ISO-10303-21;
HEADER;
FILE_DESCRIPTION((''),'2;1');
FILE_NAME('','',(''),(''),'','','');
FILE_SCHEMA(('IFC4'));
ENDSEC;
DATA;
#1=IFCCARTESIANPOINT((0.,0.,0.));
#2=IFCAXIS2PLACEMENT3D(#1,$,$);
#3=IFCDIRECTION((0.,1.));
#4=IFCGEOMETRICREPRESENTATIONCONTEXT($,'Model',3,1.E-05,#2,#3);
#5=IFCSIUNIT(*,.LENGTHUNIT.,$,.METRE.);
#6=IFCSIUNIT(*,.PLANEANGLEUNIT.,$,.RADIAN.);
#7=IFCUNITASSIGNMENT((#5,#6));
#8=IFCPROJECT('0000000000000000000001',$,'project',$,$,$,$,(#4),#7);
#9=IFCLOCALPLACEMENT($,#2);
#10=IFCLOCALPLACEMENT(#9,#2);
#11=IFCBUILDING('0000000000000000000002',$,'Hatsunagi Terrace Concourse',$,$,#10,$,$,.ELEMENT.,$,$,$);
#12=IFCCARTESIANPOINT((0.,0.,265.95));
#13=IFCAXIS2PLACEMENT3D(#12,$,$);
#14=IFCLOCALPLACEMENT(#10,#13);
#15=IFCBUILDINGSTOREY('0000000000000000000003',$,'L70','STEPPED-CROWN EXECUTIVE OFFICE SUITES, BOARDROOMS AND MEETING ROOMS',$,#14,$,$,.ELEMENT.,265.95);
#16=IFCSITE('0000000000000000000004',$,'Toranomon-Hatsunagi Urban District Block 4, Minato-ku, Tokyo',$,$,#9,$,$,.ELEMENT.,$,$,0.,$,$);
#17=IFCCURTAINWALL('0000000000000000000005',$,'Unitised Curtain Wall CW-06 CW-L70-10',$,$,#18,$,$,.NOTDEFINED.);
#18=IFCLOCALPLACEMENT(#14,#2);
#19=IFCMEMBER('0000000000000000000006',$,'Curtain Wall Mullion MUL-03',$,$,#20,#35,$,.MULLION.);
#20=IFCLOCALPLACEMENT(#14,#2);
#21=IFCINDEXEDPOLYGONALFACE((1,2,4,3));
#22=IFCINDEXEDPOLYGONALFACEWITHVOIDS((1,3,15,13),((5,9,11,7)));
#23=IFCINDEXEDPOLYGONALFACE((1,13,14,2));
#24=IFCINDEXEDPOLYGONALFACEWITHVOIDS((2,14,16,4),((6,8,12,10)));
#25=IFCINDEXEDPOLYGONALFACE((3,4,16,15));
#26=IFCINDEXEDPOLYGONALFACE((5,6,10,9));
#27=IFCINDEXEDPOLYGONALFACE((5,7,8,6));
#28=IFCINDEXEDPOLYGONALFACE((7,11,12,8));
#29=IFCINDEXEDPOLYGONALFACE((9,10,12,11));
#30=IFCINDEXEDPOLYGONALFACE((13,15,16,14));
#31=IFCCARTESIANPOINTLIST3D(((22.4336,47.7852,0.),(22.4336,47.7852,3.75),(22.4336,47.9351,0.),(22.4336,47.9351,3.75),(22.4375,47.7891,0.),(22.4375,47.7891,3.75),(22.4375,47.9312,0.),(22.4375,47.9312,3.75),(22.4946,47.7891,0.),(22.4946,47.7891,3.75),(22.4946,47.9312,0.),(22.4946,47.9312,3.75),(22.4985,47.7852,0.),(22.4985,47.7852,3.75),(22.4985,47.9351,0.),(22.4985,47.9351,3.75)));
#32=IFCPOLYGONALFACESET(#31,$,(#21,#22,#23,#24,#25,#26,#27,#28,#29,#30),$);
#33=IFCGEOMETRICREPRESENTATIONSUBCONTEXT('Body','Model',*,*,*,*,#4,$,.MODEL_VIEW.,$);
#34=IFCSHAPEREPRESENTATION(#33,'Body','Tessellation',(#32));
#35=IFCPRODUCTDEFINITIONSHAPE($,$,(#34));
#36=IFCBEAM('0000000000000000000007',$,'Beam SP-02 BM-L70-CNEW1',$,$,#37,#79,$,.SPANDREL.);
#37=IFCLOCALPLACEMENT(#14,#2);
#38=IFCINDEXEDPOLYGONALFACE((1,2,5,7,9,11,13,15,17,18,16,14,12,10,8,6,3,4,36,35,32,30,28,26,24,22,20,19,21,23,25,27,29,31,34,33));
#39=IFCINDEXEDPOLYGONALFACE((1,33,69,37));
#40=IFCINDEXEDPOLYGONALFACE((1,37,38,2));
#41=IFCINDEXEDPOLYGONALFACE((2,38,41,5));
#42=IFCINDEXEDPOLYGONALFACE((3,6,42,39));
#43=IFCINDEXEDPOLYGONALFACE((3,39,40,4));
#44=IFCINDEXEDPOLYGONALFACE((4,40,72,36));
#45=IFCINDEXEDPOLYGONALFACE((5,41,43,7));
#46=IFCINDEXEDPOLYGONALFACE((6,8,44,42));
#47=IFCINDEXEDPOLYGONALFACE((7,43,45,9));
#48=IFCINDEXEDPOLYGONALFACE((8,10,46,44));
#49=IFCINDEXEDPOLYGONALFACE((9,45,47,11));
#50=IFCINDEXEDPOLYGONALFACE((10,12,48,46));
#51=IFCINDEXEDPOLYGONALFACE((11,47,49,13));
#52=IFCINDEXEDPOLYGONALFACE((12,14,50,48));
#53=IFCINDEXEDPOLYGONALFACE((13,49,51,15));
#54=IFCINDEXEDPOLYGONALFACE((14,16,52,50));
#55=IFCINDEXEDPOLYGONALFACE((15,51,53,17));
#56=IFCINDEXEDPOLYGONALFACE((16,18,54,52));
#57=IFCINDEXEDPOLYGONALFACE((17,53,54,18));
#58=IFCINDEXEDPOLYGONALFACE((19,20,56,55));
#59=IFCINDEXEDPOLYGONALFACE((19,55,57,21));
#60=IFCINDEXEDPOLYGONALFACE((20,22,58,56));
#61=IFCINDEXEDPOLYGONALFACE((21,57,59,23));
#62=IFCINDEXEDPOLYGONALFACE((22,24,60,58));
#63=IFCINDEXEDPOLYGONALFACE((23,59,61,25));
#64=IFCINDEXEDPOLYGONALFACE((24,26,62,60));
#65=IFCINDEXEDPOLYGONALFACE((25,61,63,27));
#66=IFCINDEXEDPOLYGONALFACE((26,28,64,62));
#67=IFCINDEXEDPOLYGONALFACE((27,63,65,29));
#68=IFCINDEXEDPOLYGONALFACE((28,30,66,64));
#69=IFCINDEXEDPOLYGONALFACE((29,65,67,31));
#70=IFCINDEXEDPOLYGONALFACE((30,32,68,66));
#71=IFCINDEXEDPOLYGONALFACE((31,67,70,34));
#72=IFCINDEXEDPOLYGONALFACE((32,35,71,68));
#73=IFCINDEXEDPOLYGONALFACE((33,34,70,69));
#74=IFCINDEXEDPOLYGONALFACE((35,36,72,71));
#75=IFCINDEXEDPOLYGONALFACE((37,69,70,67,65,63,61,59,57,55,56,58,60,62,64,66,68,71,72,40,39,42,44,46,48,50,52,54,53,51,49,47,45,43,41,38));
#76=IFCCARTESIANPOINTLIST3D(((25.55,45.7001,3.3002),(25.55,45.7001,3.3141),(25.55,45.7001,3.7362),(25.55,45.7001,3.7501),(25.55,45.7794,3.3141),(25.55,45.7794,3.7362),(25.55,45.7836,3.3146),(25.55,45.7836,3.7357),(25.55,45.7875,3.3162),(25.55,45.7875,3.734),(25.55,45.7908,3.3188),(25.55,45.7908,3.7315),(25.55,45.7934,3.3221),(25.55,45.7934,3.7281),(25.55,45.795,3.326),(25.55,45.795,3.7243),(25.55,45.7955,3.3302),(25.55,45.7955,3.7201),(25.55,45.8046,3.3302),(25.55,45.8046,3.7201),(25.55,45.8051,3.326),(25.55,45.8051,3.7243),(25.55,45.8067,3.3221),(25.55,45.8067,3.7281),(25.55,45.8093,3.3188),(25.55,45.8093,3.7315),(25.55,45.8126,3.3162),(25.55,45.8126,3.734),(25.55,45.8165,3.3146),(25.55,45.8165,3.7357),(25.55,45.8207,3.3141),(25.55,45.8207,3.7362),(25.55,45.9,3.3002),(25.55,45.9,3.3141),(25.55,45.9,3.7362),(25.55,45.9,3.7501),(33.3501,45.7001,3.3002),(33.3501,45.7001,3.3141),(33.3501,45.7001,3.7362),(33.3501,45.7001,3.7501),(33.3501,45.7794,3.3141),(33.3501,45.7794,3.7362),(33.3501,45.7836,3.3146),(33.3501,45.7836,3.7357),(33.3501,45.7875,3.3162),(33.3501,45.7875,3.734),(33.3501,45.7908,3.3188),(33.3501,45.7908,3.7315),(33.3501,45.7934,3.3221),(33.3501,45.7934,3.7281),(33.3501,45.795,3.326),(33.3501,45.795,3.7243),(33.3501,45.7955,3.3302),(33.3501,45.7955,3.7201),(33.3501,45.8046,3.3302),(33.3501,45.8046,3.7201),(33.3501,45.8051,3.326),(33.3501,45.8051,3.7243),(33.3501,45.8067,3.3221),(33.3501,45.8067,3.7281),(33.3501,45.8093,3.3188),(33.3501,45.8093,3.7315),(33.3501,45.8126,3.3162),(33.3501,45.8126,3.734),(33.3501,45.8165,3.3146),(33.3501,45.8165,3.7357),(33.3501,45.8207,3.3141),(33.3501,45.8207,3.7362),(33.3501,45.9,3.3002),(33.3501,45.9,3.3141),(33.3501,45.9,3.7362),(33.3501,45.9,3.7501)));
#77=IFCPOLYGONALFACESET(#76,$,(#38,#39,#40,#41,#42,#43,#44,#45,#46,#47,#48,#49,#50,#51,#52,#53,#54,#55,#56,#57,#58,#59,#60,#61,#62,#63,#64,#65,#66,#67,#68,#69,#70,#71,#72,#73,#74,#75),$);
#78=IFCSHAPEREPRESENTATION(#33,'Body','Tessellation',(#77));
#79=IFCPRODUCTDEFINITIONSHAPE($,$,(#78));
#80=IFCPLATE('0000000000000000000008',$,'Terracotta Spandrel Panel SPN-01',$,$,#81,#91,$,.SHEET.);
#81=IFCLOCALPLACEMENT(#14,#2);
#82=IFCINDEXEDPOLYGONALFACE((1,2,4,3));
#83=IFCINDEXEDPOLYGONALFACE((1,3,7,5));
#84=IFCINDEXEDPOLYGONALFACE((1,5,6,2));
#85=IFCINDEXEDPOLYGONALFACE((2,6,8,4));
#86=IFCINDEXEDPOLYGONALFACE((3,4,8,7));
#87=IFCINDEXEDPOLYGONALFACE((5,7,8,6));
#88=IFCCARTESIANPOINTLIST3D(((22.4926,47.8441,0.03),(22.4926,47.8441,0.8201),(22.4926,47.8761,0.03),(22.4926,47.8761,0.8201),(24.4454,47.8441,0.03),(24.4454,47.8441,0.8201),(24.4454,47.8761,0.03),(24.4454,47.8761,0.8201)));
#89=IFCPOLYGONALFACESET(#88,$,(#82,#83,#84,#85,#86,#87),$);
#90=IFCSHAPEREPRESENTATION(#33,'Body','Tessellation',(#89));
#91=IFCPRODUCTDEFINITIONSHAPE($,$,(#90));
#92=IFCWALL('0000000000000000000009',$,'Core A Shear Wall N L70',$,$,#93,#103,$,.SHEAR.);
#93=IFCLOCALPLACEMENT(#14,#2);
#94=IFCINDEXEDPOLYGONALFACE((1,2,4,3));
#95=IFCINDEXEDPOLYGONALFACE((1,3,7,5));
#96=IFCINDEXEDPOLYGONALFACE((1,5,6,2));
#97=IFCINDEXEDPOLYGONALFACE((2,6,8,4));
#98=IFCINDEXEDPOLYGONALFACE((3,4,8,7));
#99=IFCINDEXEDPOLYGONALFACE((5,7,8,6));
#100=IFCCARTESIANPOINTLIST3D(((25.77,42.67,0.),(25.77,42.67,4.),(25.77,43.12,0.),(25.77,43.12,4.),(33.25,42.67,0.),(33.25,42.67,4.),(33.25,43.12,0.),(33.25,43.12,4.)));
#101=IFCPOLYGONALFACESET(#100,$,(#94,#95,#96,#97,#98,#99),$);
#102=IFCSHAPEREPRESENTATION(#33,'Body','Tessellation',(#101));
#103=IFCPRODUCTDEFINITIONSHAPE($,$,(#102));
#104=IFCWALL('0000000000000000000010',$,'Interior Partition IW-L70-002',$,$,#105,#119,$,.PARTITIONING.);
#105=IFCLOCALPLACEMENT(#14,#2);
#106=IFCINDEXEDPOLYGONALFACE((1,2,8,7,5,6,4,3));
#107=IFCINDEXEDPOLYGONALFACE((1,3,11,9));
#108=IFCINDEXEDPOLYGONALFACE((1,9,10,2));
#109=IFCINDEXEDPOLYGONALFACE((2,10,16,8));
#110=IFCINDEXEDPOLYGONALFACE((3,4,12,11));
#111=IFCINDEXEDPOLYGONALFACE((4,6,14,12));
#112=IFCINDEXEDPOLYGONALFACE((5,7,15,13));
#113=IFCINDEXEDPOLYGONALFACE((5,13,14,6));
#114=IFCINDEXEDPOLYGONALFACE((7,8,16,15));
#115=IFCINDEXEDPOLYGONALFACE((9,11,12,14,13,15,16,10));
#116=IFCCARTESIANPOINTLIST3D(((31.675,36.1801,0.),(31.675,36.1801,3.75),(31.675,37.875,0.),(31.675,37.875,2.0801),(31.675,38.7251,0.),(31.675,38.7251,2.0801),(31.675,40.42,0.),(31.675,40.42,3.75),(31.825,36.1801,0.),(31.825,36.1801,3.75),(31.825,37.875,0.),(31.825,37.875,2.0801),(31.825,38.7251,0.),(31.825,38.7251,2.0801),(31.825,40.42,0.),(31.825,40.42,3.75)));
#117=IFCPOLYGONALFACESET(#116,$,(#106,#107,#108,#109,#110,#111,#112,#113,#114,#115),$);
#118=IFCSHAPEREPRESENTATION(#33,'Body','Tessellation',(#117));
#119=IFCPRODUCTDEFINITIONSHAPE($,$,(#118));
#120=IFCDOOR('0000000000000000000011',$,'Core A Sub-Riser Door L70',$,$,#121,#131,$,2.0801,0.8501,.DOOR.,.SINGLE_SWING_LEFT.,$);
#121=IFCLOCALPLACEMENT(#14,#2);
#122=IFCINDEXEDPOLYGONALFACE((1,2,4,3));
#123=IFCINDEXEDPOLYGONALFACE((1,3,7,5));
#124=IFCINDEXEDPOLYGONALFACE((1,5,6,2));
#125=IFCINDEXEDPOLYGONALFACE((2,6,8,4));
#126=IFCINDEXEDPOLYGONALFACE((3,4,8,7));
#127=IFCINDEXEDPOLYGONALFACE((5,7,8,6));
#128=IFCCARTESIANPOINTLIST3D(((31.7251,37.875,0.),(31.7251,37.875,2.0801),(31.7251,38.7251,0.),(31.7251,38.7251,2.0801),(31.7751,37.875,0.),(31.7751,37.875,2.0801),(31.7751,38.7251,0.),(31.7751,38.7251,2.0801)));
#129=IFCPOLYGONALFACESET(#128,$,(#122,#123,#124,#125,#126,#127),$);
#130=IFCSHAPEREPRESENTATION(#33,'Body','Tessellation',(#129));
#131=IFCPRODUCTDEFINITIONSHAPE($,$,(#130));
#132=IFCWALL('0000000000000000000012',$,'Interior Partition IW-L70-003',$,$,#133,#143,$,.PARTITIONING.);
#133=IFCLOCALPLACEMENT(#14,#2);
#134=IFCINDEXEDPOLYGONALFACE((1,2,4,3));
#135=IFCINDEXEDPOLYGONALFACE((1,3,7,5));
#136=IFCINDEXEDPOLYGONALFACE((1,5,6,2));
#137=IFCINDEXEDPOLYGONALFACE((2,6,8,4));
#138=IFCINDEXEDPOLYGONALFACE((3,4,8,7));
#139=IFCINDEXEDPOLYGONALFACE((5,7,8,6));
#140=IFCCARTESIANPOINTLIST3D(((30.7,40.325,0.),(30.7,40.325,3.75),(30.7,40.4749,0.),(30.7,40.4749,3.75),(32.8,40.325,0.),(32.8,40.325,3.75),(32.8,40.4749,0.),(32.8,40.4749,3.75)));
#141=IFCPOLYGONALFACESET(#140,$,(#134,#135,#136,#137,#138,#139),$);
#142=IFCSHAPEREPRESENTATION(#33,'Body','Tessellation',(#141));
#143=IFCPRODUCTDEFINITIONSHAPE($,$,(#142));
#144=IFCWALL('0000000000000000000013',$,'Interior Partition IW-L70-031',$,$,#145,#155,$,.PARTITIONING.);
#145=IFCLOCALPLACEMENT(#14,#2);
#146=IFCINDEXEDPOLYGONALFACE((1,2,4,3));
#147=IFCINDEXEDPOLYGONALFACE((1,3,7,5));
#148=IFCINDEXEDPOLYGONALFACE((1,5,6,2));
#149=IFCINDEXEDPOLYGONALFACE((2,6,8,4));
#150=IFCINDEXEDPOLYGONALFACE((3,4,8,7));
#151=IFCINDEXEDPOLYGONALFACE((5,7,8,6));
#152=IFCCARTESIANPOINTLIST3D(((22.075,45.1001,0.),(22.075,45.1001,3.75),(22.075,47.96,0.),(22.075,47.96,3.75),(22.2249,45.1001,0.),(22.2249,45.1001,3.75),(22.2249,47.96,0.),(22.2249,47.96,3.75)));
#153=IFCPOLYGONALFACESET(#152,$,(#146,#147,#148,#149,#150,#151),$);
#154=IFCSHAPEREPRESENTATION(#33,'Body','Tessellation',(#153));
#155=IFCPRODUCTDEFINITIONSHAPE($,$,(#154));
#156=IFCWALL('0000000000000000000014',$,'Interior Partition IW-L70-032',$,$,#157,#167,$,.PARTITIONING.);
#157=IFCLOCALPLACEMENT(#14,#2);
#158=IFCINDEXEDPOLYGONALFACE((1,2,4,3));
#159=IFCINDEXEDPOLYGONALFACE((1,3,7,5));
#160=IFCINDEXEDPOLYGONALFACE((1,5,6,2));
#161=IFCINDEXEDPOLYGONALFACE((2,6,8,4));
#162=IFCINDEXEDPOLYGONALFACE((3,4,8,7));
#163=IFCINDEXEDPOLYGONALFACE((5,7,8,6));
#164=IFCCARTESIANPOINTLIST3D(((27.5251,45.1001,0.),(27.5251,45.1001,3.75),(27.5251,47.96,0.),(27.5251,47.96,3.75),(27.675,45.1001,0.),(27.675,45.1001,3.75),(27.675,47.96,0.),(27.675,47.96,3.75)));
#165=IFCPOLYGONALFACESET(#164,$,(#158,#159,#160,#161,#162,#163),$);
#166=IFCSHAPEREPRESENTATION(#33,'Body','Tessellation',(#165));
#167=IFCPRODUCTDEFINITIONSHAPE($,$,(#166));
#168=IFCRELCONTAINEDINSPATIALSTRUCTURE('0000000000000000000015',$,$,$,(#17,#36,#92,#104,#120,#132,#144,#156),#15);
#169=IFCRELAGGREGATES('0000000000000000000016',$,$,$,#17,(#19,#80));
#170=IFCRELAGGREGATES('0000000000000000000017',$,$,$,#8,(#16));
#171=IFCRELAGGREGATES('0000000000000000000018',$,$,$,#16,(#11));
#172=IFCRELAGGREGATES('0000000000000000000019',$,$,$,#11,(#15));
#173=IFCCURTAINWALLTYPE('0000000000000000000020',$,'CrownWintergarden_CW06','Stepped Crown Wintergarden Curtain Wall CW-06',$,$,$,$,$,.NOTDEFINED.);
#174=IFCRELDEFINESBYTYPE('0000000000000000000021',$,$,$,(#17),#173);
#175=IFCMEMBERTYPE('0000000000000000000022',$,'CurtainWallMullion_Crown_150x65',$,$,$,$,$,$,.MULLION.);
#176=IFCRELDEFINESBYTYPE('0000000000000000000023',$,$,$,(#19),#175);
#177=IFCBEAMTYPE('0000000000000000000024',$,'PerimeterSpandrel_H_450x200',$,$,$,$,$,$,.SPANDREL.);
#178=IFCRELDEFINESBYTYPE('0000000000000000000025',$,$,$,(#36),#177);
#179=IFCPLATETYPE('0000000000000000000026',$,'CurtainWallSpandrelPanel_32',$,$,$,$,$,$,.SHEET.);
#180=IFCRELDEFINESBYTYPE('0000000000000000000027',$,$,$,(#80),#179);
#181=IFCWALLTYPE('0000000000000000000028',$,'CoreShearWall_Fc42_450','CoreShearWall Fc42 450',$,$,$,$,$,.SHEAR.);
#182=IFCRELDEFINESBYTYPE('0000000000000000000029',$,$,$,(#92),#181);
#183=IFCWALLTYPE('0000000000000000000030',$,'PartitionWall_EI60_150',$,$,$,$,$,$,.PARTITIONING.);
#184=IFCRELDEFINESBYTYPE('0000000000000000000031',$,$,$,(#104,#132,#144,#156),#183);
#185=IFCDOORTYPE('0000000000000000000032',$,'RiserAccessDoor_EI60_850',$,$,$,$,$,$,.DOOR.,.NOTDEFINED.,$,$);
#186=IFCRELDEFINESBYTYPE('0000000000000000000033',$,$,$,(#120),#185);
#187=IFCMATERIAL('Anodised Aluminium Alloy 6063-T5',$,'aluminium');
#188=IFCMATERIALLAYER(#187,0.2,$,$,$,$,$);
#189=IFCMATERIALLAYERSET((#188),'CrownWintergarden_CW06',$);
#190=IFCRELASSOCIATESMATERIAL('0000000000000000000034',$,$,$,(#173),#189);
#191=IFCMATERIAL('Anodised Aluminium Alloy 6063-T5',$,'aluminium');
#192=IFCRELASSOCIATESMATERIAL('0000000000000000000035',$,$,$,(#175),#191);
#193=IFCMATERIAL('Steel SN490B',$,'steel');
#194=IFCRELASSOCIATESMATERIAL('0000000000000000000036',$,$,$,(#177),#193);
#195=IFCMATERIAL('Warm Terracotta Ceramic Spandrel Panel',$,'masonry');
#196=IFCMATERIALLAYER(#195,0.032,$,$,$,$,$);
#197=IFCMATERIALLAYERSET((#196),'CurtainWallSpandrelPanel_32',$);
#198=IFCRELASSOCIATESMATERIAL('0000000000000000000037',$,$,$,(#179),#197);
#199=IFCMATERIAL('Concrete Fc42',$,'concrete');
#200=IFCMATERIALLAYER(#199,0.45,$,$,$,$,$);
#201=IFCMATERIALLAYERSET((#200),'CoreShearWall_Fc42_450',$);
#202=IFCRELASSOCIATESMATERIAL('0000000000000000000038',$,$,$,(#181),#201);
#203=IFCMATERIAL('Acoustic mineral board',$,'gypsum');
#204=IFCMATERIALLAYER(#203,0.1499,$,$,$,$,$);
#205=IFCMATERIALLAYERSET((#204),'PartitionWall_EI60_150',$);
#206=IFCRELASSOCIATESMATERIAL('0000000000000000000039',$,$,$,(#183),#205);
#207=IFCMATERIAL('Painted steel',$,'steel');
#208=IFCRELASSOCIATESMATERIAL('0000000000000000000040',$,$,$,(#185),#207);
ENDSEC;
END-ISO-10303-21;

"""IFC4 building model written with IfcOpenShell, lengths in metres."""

from ifc_helpers import new_model, si_unit, direction, frame, frame_2d, origin, origin_2d, place, context, subcontext, project, spatial, rectangle, hollow_rectangle, i_section, extrude, material, layer, layer_set, material_profile, profile_set, type_object, element, fill, aggregate, save


model = new_model("IFC4")

# Units and contexts
model_context = context("Model", 3, precision=1e-05, world=origin(), true_north=direction((0.0, 1.0)))
body_context = subcontext(model_context, "Body", "Model", "MODEL_VIEW")
ifc_project = project(units=[si_unit("LENGTHUNIT", "METRE"), si_unit("PLANEANGLEUNIT", "RADIAN")], contexts=[model_context])

# Site, building, storey
site_placement = place(None, origin())
site = spatial("IfcSite", under=ifc_project, at=site_placement, Name="Toranomon-Hatsunagi Urban District Block 4, Minato-ku, Tokyo", CompositionType="ELEMENT", RefElevation=0.0)
building_placement = place(site_placement, origin())
building = spatial("IfcBuilding", under=site, at=building_placement, Name="Hatsunagi Terrace Concourse", CompositionType="ELEMENT")
storey_placement = place(building_placement, frame((0.0, 0.0, 265.95)))
storey = spatial("IfcBuildingStorey", under=building, at=storey_placement, Name="L70", Description="STEPPED-CROWN EXECUTIVE OFFICE SUITES, BOARDROOMS AND MEETING ROOMS", CompositionType="ELEMENT", Elevation=265.95)

# Curtain wall, member
ifc_material_1 = material(Name="Anodised Aluminium Alloy 6063-T5", Category="aluminium")
ifc_layer_1 = layer(ifc_material_1, 0.2)
ifc_layer_set_1 = layer_set([ifc_layer_1], Name="CrownWintergarden_CW06")
curtain_wall_type = type_object("IfcCurtainWallType", Name="CrownWintergarden_CW06", Description="Stepped Crown Wintergarden Curtain Wall CW-06", PredefinedType="NOTDEFINED", material=ifc_layer_set_1)
curtain_wall_placement = place(storey_placement, origin())
curtain_wall = element("IfcCurtainWall", 1, at=curtain_wall_placement, inside=storey, type_object=curtain_wall_type, Name="Unitised Curtain Wall CW-06 CW-L70-10", PredefinedType="NOTDEFINED")
ifc_material_2 = material(Name="Anodised Aluminium Alloy 6063-T5", Category="aluminium")
ifc_material_profile_1 = material_profile(ifc_material_2, hollow_rectangle(XDim=0.0649, YDim=0.1499, WallThickness=0.0039, at=origin_2d()), Name="ALU-MUL-150x65x4")
ifc_profile_set_1 = profile_set([ifc_material_profile_1], Name="Anodised Aluminium Alloy 6063-T5")
member_type = type_object("IfcMemberType", Name="CurtainWallMullion_Crown_150x65", PredefinedType="MULLION", material=ifc_profile_set_1)
member_placement = place(storey_placement, frame((22.4661, 47.8601, 0.0), z_axis=(0.0, 0.0, 1.0), x_axis=(1.0, 0.0, 0.0)))
member = element("IfcMember", 2, at=member_placement, type_object=member_type, Name="Curtain Wall Mullion MUL-03", PredefinedType="MULLION", context=body_context, shape_type="SweptSolid", body=[
    extrude(hollow_rectangle(XDim=0.0649, YDim=0.1499, WallThickness=0.0039, at=origin_2d()), origin(), (0.0, 0.0, 1.0), 3.75),
])

# Beam
ifc_material_3 = material(Name="Steel SN490B", Category="steel")
ifc_material_profile_2 = material_profile(ifc_material_3, i_section(OverallWidth=0.2, OverallDepth=0.45, WebThickness=0.009, FlangeThickness=0.0139, FilletRadius=0.0161, at=origin_2d()), Name="H-450x200x9x14")
ifc_profile_set_2 = profile_set([ifc_material_profile_2], Name="Steel SN490B")
beam_type_1 = type_object("IfcBeamType", Name="PerimeterSpandrel_H_450x200", PredefinedType="SPANDREL", material=ifc_profile_set_2)
beam_1_placement = place(storey_placement, frame((25.55, 45.8, 3.5251), z_axis=(1.0, 0.0, 0.0), x_axis=(0.0, 1.0, 0.0)))
element("IfcBeam", 3, at=beam_1_placement, inside=storey, type_object=beam_type_1, Name="Beam SP-02 BM-L70-CNEW1", PredefinedType="SPANDREL", context=body_context, shape_type="SweptSolid", body=[
    extrude(i_section(OverallWidth=0.2, OverallDepth=0.45, WebThickness=0.009, FlangeThickness=0.0139, FilletRadius=0.0161, at=origin_2d()), origin(), (0.0, 0.0, 1.0), 7.8),
])

# Plate
ifc_material_4 = material(Name="Warm Terracotta Ceramic Spandrel Panel", Category="masonry")
ifc_layer_2 = layer(ifc_material_4, 0.032)
ifc_layer_set_2 = layer_set([ifc_layer_2], Name="CurtainWallSpandrelPanel_32")
plate_type = type_object("IfcPlateType", Name="CurtainWallSpandrelPanel_32", PredefinedType="SHEET", material=ifc_layer_set_2)
plate_placement = place(storey_placement, frame((23.469, 47.8601, 0.03), z_axis=(0.0, 0.0, 1.0), x_axis=(1.0, 0.0, 0.0)))
plate = element("IfcPlate", 4, at=plate_placement, type_object=plate_type, Name="Terracotta Spandrel Panel SPN-01", PredefinedType="SHEET", context=body_context, shape_type="SweptSolid", body=[
    extrude(rectangle(XDim=1.9529, YDim=0.032, at=origin_2d()), origin(), (0.0, 0.0, 1.0), 0.79),
])
aggregate(curtain_wall, [member, plate])

# Wall
ifc_material_5 = material(Name="Concrete Fc42", Category="concrete")
ifc_layer_3 = layer(ifc_material_5, 0.45)
ifc_layer_set_3 = layer_set([ifc_layer_3], Name="CoreShearWall_Fc42_450")
wall_type_1 = type_object("IfcWallType", Name="CoreShearWall_Fc42_450", Description="CoreShearWall Fc42 450", PredefinedType="SHEAR", material=ifc_layer_set_3)
wall_1_placement = place(storey_placement, frame((25.77, 42.895, 0.0), z_axis=(0.0, 0.0, 1.0), x_axis=(1.0, 0.0, 0.0)))
element("IfcWall", 5, at=wall_1_placement, inside=storey, type_object=wall_type_1, Name="Core A Shear Wall N L70", PredefinedType="SHEAR", context=body_context, shape_type="SweptSolid", body=[
    extrude(rectangle(XDim=7.48, YDim=0.45, at=frame_2d((3.74, 0.0))), origin(), (0.0, 0.0, 1.0), 4.0),
])

# Wall, opening, door
ifc_material_6 = material(Name="Acoustic mineral board", Category="gypsum")
ifc_layer_4 = layer(ifc_material_6, 0.1499)
ifc_layer_set_4 = layer_set([ifc_layer_4], Name="PartitionWall_EI60_150")
wall_type_2 = type_object("IfcWallType", Name="PartitionWall_EI60_150", PredefinedType="PARTITIONING", material=ifc_layer_set_4)
wall_2_placement = place(storey_placement, frame((31.75, 36.1799, 0.0), z_axis=(0.0, 0.0, 1.0), x_axis=(0.0, 1.0, 0.0)))
wall_2 = element("IfcWall", 6, at=wall_2_placement, inside=storey, type_object=wall_type_2, Name="Interior Partition IW-L70-002", PredefinedType="PARTITIONING", context=body_context, shape_type="SweptSolid", body=[
    extrude(rectangle(XDim=4.24, YDim=0.1499, at=frame_2d((2.1201, 0.0))), origin(), (0.0, 0.0, 1.0), 3.75),
])
opening_1_placement = place(wall_2_placement, frame((1.6951, 0.0, 0.0)))
opening_1 = element("IfcOpeningElement", 7, at=opening_1_placement, cuts=wall_2, PredefinedType="OPENING", context=body_context, shape_type="SweptSolid", body=[
    extrude(rectangle(XDim=0.8501, YDim=2.0801, at=frame_2d((0.425, 1.04))), frame((0.0, 0.085, 0.0), z_axis=(0.0, -1.0, 0.0), x_axis=(1.0, 0.0, 0.0)), (0.0, 0.0, 1.0), 0.1699),
])
ifc_material_7 = material(Name="Painted steel", Category="steel")
door_type_1 = type_object("IfcDoorType", Name="RiserAccessDoor_EI60_850", OperationType="NOTDEFINED", PredefinedType="DOOR", material=ifc_material_7)
door_1_placement = place(opening_1_placement, origin())
door_1 = element("IfcDoor", 8, at=door_1_placement, inside=storey, type_object=door_type_1, Name="Core A Sub-Riser Door L70", OperationType="SINGLE_SWING_LEFT", OverallHeight=2.0801, OverallWidth=0.8501, PredefinedType="DOOR", context=body_context, shape_type="SweptSolid", body=[
    extrude(rectangle(XDim=0.8501, YDim=2.0801, at=frame_2d((0.425, 1.04))), frame((0.0, 0.0249, 0.0), z_axis=(0.0, -1.0, 0.0), x_axis=(1.0, 0.0, 0.0)), (0.0, 0.0, 1.0), 0.05),
])
fill(opening_1, door_1)

# Walls
wall_3_placement = place(storey_placement, frame((30.7, 40.3999, 0.0), z_axis=(0.0, 0.0, 1.0), x_axis=(1.0, 0.0, 0.0)))
element("IfcWall", 9, at=wall_3_placement, inside=storey, type_object=wall_type_2, Name="Interior Partition IW-L70-003", PredefinedType="PARTITIONING", context=body_context, shape_type="SweptSolid", body=[
    extrude(rectangle(XDim=2.1001, YDim=0.1499, at=frame_2d((1.05, 0.0))), origin(), (0.0, 0.0, 1.0), 3.75),
])
for number, where, z_axis, x_axis, name in (
    (10, (22.1499, 45.1001, 0.0), (0.0, 0.0, 1.0), (0.0, 1.0, 0.0), "Interior Partition IW-L70-031"),
    (11, (27.6001, 45.1001, 0.0), (0.0, 0.0, 1.0), (0.0, 1.0, 0.0), "Interior Partition IW-L70-032"),
):
    element("IfcWall", number, at=place(storey_placement, frame(where, z_axis=z_axis, x_axis=x_axis)), inside=storey, type_object=wall_type_2, Name=name, PredefinedType="PARTITIONING", context=body_context, shape_type="SweptSolid", body=[
        extrude(rectangle(XDim=2.8599, YDim=0.1499, at=frame_2d((1.4299, 0.0))), origin(), (0.0, 0.0, 1.0), 3.75),
    ])

save(model, "model.ifc")
